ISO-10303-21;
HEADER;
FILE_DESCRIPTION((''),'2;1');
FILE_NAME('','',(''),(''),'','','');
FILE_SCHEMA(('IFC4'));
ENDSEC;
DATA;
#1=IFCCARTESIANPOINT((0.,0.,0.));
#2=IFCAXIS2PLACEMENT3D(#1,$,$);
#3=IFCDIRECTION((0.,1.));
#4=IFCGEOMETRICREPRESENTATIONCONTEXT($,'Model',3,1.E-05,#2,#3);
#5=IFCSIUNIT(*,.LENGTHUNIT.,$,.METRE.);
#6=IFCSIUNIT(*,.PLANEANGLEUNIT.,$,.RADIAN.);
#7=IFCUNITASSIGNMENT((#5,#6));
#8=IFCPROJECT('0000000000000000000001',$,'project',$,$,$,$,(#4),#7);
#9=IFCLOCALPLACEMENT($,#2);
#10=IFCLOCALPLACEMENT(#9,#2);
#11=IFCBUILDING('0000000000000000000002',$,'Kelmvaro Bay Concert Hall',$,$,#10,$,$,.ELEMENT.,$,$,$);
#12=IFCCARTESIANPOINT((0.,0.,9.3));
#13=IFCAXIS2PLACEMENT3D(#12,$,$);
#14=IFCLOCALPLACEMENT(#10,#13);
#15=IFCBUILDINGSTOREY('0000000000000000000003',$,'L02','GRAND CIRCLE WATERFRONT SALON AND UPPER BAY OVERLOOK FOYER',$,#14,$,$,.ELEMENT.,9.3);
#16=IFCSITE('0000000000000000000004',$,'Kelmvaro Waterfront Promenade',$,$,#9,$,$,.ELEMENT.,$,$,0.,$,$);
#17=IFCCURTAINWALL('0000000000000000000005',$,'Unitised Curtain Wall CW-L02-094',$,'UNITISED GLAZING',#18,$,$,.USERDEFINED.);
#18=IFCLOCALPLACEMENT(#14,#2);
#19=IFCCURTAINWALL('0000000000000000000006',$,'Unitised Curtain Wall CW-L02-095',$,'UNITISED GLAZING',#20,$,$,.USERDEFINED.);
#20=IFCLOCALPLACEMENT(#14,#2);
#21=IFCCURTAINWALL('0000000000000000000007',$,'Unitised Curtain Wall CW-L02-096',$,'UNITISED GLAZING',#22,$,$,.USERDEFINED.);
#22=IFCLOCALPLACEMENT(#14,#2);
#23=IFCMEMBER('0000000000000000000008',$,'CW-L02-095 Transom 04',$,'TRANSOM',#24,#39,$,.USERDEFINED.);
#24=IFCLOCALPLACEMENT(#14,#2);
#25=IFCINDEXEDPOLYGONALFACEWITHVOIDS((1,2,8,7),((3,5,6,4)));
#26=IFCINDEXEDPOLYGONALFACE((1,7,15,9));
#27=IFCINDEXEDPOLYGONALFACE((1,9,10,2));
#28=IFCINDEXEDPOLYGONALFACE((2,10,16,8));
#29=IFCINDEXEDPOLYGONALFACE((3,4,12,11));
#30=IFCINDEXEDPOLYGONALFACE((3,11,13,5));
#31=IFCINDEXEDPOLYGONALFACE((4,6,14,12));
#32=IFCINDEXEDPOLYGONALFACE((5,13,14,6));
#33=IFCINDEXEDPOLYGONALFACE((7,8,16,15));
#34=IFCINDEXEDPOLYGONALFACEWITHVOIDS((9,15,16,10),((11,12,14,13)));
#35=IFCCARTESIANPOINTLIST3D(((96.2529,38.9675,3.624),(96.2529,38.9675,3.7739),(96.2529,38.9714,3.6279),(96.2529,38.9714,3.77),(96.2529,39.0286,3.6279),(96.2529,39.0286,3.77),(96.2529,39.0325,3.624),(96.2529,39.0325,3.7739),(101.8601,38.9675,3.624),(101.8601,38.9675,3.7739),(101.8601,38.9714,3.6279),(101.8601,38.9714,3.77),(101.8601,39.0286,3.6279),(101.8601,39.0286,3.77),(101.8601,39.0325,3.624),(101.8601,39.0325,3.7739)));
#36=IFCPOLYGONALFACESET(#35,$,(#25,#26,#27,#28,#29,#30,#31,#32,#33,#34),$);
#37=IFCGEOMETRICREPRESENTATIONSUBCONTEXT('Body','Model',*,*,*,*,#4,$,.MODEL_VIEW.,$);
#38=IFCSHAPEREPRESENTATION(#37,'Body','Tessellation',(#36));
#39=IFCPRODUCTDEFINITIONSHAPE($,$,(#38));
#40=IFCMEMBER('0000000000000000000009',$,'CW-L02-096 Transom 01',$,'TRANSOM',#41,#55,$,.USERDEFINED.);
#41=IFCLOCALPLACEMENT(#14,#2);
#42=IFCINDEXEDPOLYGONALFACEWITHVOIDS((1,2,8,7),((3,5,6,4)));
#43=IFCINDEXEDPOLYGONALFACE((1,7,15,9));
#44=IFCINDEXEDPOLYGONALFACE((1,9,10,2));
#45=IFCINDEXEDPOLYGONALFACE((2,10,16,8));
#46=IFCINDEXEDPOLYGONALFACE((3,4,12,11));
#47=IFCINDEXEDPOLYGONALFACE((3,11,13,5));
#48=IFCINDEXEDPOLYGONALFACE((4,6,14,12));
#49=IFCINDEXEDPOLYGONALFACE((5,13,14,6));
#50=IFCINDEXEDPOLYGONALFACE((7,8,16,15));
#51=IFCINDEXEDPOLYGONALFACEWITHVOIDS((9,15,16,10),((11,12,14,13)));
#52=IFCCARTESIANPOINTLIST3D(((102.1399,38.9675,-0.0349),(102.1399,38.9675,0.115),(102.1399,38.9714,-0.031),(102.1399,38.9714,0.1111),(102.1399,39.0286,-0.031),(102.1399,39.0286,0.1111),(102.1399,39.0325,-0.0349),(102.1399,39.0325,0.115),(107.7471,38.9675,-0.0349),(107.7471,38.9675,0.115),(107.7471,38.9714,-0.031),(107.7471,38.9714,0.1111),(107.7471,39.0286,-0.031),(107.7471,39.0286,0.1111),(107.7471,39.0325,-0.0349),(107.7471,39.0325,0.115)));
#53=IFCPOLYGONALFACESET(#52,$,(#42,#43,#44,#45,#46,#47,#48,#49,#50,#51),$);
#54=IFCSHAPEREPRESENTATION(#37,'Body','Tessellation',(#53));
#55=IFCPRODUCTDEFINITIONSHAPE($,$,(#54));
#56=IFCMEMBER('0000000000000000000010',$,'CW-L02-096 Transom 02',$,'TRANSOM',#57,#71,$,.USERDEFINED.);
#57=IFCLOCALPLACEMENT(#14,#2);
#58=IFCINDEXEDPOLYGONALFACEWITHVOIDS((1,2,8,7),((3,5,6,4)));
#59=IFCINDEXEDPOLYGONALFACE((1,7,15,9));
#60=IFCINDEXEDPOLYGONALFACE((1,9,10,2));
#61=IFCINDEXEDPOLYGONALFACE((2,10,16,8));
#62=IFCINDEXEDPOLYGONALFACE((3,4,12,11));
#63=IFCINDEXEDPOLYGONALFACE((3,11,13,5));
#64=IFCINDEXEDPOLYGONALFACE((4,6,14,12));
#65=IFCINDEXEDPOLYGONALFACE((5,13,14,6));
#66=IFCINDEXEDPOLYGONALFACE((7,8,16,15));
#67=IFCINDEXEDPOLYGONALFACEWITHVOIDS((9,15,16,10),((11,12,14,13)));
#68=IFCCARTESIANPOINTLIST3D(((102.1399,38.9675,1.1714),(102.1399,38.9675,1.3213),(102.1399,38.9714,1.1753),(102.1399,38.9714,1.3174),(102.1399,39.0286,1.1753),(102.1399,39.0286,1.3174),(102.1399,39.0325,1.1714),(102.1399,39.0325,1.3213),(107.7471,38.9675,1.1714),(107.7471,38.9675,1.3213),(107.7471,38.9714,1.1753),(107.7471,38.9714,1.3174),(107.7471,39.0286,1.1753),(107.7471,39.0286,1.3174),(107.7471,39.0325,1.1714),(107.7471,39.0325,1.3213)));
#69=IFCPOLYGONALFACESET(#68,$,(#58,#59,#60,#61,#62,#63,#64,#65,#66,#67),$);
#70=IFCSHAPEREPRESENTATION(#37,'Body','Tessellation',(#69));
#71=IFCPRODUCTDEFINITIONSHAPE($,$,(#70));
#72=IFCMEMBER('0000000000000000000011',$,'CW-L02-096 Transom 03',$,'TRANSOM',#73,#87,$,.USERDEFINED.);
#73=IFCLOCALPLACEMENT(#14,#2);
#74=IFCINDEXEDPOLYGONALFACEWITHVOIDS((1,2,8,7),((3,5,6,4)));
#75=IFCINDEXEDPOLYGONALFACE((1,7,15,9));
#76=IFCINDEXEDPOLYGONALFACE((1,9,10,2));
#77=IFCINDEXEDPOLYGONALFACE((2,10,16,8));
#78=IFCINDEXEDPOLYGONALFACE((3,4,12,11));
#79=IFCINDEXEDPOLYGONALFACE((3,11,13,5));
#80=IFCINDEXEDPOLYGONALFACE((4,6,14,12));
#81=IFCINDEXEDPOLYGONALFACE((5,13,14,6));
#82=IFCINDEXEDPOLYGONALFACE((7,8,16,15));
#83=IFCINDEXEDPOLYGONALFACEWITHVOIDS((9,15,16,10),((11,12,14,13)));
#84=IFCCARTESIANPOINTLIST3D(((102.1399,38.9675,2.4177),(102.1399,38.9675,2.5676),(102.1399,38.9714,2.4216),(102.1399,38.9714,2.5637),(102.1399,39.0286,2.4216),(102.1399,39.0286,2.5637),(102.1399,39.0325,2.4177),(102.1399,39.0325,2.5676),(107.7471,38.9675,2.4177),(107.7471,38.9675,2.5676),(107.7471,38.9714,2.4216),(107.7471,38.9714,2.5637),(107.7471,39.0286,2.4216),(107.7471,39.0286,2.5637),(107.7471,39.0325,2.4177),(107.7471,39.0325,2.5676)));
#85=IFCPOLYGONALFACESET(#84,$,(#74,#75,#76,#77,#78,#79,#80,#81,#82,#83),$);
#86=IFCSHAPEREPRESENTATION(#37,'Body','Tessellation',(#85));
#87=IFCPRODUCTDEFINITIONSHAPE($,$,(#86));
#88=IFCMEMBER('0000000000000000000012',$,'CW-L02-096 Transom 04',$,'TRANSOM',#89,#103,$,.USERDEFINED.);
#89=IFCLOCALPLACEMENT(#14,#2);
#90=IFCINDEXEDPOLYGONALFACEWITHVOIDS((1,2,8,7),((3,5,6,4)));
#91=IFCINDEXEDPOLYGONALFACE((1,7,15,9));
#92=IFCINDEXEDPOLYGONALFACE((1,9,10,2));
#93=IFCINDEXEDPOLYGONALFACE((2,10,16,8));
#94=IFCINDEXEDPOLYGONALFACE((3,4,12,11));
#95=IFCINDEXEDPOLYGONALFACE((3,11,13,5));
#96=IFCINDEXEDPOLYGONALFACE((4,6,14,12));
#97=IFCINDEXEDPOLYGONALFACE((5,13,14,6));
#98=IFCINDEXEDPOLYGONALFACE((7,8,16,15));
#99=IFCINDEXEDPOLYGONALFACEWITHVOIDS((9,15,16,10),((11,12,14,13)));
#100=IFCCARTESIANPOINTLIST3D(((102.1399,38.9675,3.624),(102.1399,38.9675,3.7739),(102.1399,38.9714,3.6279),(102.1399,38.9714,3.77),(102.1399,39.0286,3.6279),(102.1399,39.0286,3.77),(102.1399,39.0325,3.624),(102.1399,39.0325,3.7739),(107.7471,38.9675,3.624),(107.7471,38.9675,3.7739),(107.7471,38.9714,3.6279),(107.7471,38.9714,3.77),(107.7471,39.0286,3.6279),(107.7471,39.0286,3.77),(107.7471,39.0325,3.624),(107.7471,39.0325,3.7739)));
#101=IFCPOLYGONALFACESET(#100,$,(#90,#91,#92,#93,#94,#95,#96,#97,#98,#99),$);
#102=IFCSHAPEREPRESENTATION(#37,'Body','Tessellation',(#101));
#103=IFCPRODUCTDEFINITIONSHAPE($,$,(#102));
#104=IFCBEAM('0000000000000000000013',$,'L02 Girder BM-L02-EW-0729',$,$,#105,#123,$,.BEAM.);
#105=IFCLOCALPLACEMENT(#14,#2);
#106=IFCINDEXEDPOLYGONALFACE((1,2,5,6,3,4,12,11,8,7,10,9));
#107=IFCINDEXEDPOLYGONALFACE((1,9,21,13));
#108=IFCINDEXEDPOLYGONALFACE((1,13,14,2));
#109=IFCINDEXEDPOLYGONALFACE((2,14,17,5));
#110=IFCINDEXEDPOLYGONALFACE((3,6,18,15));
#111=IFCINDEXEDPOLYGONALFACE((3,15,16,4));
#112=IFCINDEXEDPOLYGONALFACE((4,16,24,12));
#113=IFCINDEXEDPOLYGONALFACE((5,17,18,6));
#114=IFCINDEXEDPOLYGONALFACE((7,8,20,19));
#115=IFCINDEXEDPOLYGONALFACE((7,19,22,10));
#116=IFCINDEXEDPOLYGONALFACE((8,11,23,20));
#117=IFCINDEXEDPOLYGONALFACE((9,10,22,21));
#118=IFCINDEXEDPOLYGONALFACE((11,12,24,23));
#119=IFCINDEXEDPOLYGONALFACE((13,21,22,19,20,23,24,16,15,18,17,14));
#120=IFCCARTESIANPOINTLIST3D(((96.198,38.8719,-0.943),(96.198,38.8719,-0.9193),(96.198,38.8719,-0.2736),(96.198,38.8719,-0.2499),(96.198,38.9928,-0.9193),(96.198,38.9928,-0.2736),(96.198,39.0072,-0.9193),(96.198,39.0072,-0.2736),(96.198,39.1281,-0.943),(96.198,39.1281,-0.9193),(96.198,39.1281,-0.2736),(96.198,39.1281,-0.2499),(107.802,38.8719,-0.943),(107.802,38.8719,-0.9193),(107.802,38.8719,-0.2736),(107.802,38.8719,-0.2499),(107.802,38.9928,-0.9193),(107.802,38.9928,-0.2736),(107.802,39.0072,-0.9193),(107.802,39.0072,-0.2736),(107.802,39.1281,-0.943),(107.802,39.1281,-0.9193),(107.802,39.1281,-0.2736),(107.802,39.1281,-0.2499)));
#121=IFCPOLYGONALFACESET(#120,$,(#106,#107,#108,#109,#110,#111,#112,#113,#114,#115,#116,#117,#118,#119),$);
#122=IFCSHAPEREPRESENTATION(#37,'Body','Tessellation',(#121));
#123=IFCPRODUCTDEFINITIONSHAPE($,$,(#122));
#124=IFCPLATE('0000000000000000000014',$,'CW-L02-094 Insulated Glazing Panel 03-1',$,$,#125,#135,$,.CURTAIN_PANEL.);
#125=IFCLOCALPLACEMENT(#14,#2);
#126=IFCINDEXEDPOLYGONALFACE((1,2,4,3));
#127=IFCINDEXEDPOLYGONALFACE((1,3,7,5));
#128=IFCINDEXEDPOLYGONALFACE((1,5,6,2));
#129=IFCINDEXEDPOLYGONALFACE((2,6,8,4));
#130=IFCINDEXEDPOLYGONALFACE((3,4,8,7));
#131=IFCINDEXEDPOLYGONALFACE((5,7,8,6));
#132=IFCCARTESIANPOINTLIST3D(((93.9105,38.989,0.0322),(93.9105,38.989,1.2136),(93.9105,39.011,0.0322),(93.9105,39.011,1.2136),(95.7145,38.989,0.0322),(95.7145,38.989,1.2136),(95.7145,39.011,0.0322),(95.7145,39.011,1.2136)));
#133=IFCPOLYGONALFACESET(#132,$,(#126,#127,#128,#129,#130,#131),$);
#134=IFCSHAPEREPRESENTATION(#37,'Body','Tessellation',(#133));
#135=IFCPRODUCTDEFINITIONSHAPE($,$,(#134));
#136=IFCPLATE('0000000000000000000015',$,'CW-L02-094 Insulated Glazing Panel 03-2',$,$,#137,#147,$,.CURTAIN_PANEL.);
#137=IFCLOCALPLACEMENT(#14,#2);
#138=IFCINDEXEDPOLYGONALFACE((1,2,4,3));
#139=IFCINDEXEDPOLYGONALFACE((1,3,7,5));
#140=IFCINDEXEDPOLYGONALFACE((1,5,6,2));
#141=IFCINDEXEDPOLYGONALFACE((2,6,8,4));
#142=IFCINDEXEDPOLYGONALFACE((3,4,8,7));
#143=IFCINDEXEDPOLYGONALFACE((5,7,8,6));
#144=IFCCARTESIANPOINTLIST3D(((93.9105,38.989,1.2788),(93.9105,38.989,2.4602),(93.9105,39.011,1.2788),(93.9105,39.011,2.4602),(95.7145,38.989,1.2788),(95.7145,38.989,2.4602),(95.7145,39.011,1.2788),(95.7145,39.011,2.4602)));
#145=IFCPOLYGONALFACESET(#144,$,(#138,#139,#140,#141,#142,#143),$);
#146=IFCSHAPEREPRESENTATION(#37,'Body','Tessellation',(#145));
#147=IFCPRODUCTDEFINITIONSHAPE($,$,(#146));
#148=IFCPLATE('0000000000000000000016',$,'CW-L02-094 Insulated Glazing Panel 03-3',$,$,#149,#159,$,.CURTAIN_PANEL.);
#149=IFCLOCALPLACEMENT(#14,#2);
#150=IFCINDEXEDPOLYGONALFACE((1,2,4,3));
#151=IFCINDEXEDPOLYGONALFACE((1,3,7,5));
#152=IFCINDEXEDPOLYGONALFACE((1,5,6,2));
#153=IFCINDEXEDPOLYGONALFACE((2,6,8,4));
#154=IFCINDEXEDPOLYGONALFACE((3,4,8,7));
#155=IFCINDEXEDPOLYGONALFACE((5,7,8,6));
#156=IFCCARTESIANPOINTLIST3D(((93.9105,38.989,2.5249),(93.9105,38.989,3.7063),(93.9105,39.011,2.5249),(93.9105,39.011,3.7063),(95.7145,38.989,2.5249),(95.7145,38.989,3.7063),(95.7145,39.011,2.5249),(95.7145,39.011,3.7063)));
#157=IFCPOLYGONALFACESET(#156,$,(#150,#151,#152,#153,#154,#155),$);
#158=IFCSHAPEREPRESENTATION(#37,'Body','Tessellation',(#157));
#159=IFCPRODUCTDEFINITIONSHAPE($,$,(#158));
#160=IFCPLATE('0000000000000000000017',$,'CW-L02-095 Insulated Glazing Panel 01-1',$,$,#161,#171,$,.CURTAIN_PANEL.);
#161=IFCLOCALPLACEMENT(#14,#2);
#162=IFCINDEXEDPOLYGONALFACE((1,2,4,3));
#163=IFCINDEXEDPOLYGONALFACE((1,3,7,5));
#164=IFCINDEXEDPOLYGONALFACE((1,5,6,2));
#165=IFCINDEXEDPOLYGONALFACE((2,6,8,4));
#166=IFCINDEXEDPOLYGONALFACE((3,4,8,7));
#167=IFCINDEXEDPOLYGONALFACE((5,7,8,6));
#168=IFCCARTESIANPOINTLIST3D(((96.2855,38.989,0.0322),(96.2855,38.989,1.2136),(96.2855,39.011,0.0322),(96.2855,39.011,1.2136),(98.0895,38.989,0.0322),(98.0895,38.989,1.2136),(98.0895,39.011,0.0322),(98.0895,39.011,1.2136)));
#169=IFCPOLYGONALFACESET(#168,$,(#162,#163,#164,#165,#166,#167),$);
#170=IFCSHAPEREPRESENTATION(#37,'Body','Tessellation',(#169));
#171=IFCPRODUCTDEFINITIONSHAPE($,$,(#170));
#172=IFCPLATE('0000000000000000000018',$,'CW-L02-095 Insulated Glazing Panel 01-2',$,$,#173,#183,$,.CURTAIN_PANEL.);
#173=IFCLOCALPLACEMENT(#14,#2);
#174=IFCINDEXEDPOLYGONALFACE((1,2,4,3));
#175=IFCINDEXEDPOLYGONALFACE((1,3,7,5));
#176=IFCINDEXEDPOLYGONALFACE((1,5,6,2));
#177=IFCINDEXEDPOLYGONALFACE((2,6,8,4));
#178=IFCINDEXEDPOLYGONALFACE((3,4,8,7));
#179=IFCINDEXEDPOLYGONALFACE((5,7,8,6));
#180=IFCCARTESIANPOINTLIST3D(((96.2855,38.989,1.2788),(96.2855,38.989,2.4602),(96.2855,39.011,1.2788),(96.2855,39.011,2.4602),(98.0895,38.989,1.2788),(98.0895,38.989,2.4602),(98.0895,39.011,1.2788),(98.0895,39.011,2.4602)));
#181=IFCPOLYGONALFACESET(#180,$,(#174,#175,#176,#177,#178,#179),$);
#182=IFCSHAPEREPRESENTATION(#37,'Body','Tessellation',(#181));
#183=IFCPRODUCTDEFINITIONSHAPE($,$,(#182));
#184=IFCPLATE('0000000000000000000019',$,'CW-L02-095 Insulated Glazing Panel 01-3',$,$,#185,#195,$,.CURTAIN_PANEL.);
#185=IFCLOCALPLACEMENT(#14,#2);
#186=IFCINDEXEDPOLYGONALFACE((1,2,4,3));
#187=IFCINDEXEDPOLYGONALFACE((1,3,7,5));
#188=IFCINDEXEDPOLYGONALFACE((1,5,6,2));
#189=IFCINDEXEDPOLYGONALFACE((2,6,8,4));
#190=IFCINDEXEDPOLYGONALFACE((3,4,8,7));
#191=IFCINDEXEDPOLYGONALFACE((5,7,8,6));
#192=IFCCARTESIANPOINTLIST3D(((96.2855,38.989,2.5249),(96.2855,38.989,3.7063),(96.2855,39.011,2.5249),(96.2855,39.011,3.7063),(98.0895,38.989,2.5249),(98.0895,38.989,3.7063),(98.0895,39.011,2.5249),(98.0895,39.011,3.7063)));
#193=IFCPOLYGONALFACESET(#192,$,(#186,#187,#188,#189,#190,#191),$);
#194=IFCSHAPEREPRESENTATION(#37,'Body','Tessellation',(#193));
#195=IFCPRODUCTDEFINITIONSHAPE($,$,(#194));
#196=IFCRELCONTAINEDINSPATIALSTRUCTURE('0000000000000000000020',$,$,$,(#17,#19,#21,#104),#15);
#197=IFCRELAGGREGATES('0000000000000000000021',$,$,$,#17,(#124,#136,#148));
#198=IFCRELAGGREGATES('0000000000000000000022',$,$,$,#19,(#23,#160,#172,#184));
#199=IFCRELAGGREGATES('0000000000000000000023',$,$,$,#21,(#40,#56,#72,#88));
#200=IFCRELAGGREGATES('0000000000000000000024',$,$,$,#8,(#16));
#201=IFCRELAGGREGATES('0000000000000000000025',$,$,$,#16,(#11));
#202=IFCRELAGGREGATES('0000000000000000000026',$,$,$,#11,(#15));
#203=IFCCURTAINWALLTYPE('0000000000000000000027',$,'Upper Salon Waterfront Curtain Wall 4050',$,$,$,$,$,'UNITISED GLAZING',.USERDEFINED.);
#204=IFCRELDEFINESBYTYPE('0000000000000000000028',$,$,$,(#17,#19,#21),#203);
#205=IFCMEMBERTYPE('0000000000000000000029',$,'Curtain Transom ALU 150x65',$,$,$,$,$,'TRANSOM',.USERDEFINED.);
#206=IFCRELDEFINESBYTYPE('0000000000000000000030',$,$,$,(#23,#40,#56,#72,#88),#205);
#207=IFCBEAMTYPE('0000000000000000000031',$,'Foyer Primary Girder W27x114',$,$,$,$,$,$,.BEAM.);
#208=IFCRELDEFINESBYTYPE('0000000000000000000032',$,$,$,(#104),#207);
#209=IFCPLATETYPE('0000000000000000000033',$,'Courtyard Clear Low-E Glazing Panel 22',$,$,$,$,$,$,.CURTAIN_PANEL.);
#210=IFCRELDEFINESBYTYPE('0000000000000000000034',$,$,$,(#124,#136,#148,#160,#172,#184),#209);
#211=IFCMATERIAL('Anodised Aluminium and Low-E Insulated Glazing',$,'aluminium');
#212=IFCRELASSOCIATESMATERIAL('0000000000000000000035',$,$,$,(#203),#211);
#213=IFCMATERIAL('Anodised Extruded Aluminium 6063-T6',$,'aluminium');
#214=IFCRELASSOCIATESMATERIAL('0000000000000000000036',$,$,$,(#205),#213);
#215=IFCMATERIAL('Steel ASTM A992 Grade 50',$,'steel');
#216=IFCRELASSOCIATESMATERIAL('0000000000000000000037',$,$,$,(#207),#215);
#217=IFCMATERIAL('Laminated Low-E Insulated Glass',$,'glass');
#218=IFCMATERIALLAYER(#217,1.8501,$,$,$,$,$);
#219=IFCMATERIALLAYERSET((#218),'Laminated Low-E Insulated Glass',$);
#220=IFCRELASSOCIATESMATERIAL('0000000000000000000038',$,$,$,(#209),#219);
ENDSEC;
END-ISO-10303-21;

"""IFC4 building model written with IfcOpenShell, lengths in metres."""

from ifc_helpers import new_model, si_unit, direction, frame, origin, origin_2d, place, context, subcontext, project, spatial, rectangle, hollow_rectangle, i_section, extrude, material, layer, layer_set, material_profile, profile_set, type_object, element, aggregate, save


model = new_model("IFC4")

# Units and contexts
model_context = context("Model", 3, precision=1e-05, world=origin(), true_north=direction((0.0, 1.0)))
body_context = subcontext(model_context, "Body", "Model", "MODEL_VIEW")
ifc_project = project(units=[si_unit("LENGTHUNIT", "METRE"), si_unit("PLANEANGLEUNIT", "RADIAN")], contexts=[model_context])

# Site, building, storey
site_placement = place(None, origin())
site = spatial("IfcSite", under=ifc_project, at=site_placement, Name="Kelmvaro Waterfront Promenade", CompositionType="ELEMENT", RefElevation=0.0)
building_placement = place(site_placement, origin())
building = spatial("IfcBuilding", under=site, at=building_placement, Name="Kelmvaro Bay Concert Hall", CompositionType="ELEMENT")
storey_placement = place(building_placement, frame((0.0, 0.0, 9.3)))
storey = spatial("IfcBuildingStorey", under=building, at=storey_placement, Name="L02", Description="GRAND CIRCLE WATERFRONT SALON AND UPPER BAY OVERLOOK FOYER", CompositionType="ELEMENT", Elevation=9.3)

# Curtain wall
ifc_material_1 = material(Name="Anodised Aluminium and Low-E Insulated Glazing", Category="aluminium")
curtain_wall_type = type_object("IfcCurtainWallType", Name="Upper Salon Waterfront Curtain Wall 4050", ElementType="UNITISED GLAZING", PredefinedType="USERDEFINED", material=ifc_material_1)
curtain_wall_1_placement = place(storey_placement, origin())
curtain_wall_1 = element("IfcCurtainWall", 1, at=curtain_wall_1_placement, inside=storey, type_object=curtain_wall_type, Name="Unitised Curtain Wall CW-L02-094", ObjectType="UNITISED GLAZING", PredefinedType="USERDEFINED")

# Curtain wall
curtain_wall_2_placement = place(storey_placement, origin())
curtain_wall_2 = element("IfcCurtainWall", 2, at=curtain_wall_2_placement, inside=storey, type_object=curtain_wall_type, Name="Unitised Curtain Wall CW-L02-095", ObjectType="UNITISED GLAZING", PredefinedType="USERDEFINED")

# Curtain wall
curtain_wall_3_placement = place(storey_placement, origin())
curtain_wall_3 = element("IfcCurtainWall", 3, at=curtain_wall_3_placement, inside=storey, type_object=curtain_wall_type, Name="Unitised Curtain Wall CW-L02-096", ObjectType="UNITISED GLAZING", PredefinedType="USERDEFINED")

# Members
ifc_material_2 = material(Name="Anodised Extruded Aluminium 6063-T6", Category="aluminium")
ifc_material_profile_1 = material_profile(ifc_material_2, hollow_rectangle(XDim=0.0649, YDim=0.1499, WallThickness=0.0039, at=origin_2d()), Name="ALU-TRN-150X65")
ifc_profile_set_1 = profile_set([ifc_material_profile_1], Name="Anodised Extruded Aluminium 6063-T6")
member_type_1 = type_object("IfcMemberType", Name="Curtain Transom ALU 150x65", ElementType="TRANSOM", PredefinedType="USERDEFINED", material=ifc_profile_set_1)
member_1_placement = place(storey_placement, frame((96.2529, 39.0, 3.699), z_axis=(1.0, 0.0, 0.0), x_axis=(0.0, 1.0, 0.0)))
member_1 = element("IfcMember", 4, at=member_1_placement, type_object=member_type_1, Name="CW-L02-095 Transom 04", ObjectType="TRANSOM", PredefinedType="USERDEFINED", context=body_context, shape_type="SweptSolid", body=[
    extrude(hollow_rectangle(XDim=0.0649, YDim=0.1499, WallThickness=0.0039, at=origin_2d()), origin(), (0.0, 0.0, 1.0), 5.6072),
])
member_2_placement = place(storey_placement, frame((102.1399, 39.0, 0.04), z_axis=(1.0, 0.0, 0.0), x_axis=(0.0, 1.0, 0.0)))
member_2 = element("IfcMember", 5, at=member_2_placement, type_object=member_type_1, Name="CW-L02-096 Transom 01", ObjectType="TRANSOM", PredefinedType="USERDEFINED", context=body_context, shape_type="SweptSolid", body=[
    extrude(hollow_rectangle(XDim=0.0649, YDim=0.1499, WallThickness=0.0039, at=origin_2d()), origin(), (0.0, 0.0, 1.0), 5.6072),
])
member_3_placement = place(storey_placement, frame((102.1399, 39.0, 1.2463), z_axis=(1.0, 0.0, 0.0), x_axis=(0.0, 1.0, 0.0)))
member_3 = element("IfcMember", 6, at=member_3_placement, type_object=member_type_1, Name="CW-L02-096 Transom 02", ObjectType="TRANSOM", PredefinedType="USERDEFINED", context=body_context, shape_type="SweptSolid", body=[
    extrude(hollow_rectangle(XDim=0.0649, YDim=0.1499, WallThickness=0.0039, at=origin_2d()), origin(), (0.0, 0.0, 1.0), 5.6072),
])
member_4_placement = place(storey_placement, frame((102.1399, 39.0, 2.4927), z_axis=(1.0, 0.0, 0.0), x_axis=(0.0, 1.0, 0.0)))
member_4 = element("IfcMember", 7, at=member_4_placement, type_object=member_type_1, Name="CW-L02-096 Transom 03", ObjectType="TRANSOM", PredefinedType="USERDEFINED", context=body_context, shape_type="SweptSolid", body=[
    extrude(hollow_rectangle(XDim=0.0649, YDim=0.1499, WallThickness=0.0039, at=origin_2d()), origin(), (0.0, 0.0, 1.0), 5.6072),
])
member_5_placement = place(storey_placement, frame((102.1399, 39.0, 3.699), z_axis=(1.0, 0.0, 0.0), x_axis=(0.0, 1.0, 0.0)))
member_5 = element("IfcMember", 8, at=member_5_placement, type_object=member_type_1, Name="CW-L02-096 Transom 04", ObjectType="TRANSOM", PredefinedType="USERDEFINED", context=body_context, shape_type="SweptSolid", body=[
    extrude(hollow_rectangle(XDim=0.0649, YDim=0.1499, WallThickness=0.0039, at=origin_2d()), origin(), (0.0, 0.0, 1.0), 5.6072),
])

# Beam
ifc_material_3 = material(Name="Steel ASTM A992 Grade 50", Category="steel")
ifc_material_profile_2 = material_profile(ifc_material_3, i_section(OverallWidth=0.2561, OverallDepth=0.6931, WebThickness=0.0144, FlangeThickness=0.0237, at=origin_2d()), Name="W27X114")
ifc_profile_set_2 = profile_set([ifc_material_profile_2], Name="Steel ASTM A992 Grade 50")
beam_type = type_object("IfcBeamType", Name="Foyer Primary Girder W27x114", PredefinedType="BEAM", material=ifc_profile_set_2)
beam_placement = place(storey_placement, frame((96.198, 39.0, -0.5964), z_axis=(1.0, 0.0, 0.0), x_axis=(0.0, 1.0, 0.0)))
element("IfcBeam", 9, at=beam_placement, inside=storey, type_object=beam_type, Name="L02 Girder BM-L02-EW-0729", PredefinedType="BEAM", context=body_context, shape_type="SweptSolid", body=[
    extrude(i_section(OverallWidth=0.2561, OverallDepth=0.6931, WebThickness=0.0144, FlangeThickness=0.0237, at=origin_2d()), origin(), (0.0, 0.0, 1.0), 11.604),
])

# Plates
ifc_material_4 = material(Name="Laminated Low-E Insulated Glass", Category="glass")
ifc_layer = layer(ifc_material_4, 1.8501)
ifc_layer_set = layer_set([ifc_layer], Name="Laminated Low-E Insulated Glass")
plate_type = type_object("IfcPlateType", Name="Courtyard Clear Low-E Glazing Panel 22", PredefinedType="CURTAIN_PANEL", material=ifc_layer_set)
plate_1_placement = place(storey_placement, frame((94.8125, 39.0, 0.0322), z_axis=(0.0, 0.0, 1.0), x_axis=(1.0, 0.0, 0.0)))
plate_1 = element("IfcPlate", 10, at=plate_1_placement, type_object=plate_type, Name="CW-L02-094 Insulated Glazing Panel 03-1", PredefinedType="CURTAIN_PANEL", context=body_context, shape_type="SweptSolid", body=[
    extrude(rectangle(XDim=1.804, YDim=0.022, at=origin_2d()), origin(), (0.0, 0.0, 1.0), 1.1814),
])
plate_2_placement = place(storey_placement, frame((94.8125, 39.0, 1.2788), z_axis=(0.0, 0.0, 1.0), x_axis=(1.0, 0.0, 0.0)))
plate_2 = element("IfcPlate", 11, at=plate_2_placement, type_object=plate_type, Name="CW-L02-094 Insulated Glazing Panel 03-2", PredefinedType="CURTAIN_PANEL", context=body_context, shape_type="SweptSolid", body=[
    extrude(rectangle(XDim=1.804, YDim=0.022, at=origin_2d()), origin(), (0.0, 0.0, 1.0), 1.1814),
])
plate_3_placement = place(storey_placement, frame((94.8125, 39.0, 2.5249), z_axis=(0.0, 0.0, 1.0), x_axis=(1.0, 0.0, 0.0)))
plate_3 = element("IfcPlate", 12, at=plate_3_placement, type_object=plate_type, Name="CW-L02-094 Insulated Glazing Panel 03-3", PredefinedType="CURTAIN_PANEL", context=body_context, shape_type="SweptSolid", body=[
    extrude(rectangle(XDim=1.804, YDim=0.022, at=origin_2d()), origin(), (0.0, 0.0, 1.0), 1.1814),
])
aggregate(curtain_wall_1, [plate_1, plate_2, plate_3])
plate_4_placement = place(storey_placement, frame((97.1875, 39.0, 0.0322), z_axis=(0.0, 0.0, 1.0), x_axis=(1.0, 0.0, 0.0)))
plate_4 = element("IfcPlate", 13, at=plate_4_placement, type_object=plate_type, Name="CW-L02-095 Insulated Glazing Panel 01-1", PredefinedType="CURTAIN_PANEL", context=body_context, shape_type="SweptSolid", body=[
    extrude(rectangle(XDim=1.804, YDim=0.022, at=origin_2d()), origin(), (0.0, 0.0, 1.0), 1.1814),
])
plate_5_placement = place(storey_placement, frame((97.1875, 39.0, 1.2788), z_axis=(0.0, 0.0, 1.0), x_axis=(1.0, 0.0, 0.0)))
plate_5 = element("IfcPlate", 14, at=plate_5_placement, type_object=plate_type, Name="CW-L02-095 Insulated Glazing Panel 01-2", PredefinedType="CURTAIN_PANEL", context=body_context, shape_type="SweptSolid", body=[
    extrude(rectangle(XDim=1.804, YDim=0.022, at=origin_2d()), origin(), (0.0, 0.0, 1.0), 1.1814),
])
plate_6_placement = place(storey_placement, frame((97.1875, 39.0, 2.5249), z_axis=(0.0, 0.0, 1.0), x_axis=(1.0, 0.0, 0.0)))
plate_6 = element("IfcPlate", 15, at=plate_6_placement, type_object=plate_type, Name="CW-L02-095 Insulated Glazing Panel 01-3", PredefinedType="CURTAIN_PANEL", context=body_context, shape_type="SweptSolid", body=[
    extrude(rectangle(XDim=1.804, YDim=0.022, at=origin_2d()), origin(), (0.0, 0.0, 1.0), 1.1814),
])
aggregate(curtain_wall_2, [member_1, plate_4, plate_5, plate_6])
aggregate(curtain_wall_3, [member_2, member_3, member_4, member_5])

save(model, "model.ifc")
